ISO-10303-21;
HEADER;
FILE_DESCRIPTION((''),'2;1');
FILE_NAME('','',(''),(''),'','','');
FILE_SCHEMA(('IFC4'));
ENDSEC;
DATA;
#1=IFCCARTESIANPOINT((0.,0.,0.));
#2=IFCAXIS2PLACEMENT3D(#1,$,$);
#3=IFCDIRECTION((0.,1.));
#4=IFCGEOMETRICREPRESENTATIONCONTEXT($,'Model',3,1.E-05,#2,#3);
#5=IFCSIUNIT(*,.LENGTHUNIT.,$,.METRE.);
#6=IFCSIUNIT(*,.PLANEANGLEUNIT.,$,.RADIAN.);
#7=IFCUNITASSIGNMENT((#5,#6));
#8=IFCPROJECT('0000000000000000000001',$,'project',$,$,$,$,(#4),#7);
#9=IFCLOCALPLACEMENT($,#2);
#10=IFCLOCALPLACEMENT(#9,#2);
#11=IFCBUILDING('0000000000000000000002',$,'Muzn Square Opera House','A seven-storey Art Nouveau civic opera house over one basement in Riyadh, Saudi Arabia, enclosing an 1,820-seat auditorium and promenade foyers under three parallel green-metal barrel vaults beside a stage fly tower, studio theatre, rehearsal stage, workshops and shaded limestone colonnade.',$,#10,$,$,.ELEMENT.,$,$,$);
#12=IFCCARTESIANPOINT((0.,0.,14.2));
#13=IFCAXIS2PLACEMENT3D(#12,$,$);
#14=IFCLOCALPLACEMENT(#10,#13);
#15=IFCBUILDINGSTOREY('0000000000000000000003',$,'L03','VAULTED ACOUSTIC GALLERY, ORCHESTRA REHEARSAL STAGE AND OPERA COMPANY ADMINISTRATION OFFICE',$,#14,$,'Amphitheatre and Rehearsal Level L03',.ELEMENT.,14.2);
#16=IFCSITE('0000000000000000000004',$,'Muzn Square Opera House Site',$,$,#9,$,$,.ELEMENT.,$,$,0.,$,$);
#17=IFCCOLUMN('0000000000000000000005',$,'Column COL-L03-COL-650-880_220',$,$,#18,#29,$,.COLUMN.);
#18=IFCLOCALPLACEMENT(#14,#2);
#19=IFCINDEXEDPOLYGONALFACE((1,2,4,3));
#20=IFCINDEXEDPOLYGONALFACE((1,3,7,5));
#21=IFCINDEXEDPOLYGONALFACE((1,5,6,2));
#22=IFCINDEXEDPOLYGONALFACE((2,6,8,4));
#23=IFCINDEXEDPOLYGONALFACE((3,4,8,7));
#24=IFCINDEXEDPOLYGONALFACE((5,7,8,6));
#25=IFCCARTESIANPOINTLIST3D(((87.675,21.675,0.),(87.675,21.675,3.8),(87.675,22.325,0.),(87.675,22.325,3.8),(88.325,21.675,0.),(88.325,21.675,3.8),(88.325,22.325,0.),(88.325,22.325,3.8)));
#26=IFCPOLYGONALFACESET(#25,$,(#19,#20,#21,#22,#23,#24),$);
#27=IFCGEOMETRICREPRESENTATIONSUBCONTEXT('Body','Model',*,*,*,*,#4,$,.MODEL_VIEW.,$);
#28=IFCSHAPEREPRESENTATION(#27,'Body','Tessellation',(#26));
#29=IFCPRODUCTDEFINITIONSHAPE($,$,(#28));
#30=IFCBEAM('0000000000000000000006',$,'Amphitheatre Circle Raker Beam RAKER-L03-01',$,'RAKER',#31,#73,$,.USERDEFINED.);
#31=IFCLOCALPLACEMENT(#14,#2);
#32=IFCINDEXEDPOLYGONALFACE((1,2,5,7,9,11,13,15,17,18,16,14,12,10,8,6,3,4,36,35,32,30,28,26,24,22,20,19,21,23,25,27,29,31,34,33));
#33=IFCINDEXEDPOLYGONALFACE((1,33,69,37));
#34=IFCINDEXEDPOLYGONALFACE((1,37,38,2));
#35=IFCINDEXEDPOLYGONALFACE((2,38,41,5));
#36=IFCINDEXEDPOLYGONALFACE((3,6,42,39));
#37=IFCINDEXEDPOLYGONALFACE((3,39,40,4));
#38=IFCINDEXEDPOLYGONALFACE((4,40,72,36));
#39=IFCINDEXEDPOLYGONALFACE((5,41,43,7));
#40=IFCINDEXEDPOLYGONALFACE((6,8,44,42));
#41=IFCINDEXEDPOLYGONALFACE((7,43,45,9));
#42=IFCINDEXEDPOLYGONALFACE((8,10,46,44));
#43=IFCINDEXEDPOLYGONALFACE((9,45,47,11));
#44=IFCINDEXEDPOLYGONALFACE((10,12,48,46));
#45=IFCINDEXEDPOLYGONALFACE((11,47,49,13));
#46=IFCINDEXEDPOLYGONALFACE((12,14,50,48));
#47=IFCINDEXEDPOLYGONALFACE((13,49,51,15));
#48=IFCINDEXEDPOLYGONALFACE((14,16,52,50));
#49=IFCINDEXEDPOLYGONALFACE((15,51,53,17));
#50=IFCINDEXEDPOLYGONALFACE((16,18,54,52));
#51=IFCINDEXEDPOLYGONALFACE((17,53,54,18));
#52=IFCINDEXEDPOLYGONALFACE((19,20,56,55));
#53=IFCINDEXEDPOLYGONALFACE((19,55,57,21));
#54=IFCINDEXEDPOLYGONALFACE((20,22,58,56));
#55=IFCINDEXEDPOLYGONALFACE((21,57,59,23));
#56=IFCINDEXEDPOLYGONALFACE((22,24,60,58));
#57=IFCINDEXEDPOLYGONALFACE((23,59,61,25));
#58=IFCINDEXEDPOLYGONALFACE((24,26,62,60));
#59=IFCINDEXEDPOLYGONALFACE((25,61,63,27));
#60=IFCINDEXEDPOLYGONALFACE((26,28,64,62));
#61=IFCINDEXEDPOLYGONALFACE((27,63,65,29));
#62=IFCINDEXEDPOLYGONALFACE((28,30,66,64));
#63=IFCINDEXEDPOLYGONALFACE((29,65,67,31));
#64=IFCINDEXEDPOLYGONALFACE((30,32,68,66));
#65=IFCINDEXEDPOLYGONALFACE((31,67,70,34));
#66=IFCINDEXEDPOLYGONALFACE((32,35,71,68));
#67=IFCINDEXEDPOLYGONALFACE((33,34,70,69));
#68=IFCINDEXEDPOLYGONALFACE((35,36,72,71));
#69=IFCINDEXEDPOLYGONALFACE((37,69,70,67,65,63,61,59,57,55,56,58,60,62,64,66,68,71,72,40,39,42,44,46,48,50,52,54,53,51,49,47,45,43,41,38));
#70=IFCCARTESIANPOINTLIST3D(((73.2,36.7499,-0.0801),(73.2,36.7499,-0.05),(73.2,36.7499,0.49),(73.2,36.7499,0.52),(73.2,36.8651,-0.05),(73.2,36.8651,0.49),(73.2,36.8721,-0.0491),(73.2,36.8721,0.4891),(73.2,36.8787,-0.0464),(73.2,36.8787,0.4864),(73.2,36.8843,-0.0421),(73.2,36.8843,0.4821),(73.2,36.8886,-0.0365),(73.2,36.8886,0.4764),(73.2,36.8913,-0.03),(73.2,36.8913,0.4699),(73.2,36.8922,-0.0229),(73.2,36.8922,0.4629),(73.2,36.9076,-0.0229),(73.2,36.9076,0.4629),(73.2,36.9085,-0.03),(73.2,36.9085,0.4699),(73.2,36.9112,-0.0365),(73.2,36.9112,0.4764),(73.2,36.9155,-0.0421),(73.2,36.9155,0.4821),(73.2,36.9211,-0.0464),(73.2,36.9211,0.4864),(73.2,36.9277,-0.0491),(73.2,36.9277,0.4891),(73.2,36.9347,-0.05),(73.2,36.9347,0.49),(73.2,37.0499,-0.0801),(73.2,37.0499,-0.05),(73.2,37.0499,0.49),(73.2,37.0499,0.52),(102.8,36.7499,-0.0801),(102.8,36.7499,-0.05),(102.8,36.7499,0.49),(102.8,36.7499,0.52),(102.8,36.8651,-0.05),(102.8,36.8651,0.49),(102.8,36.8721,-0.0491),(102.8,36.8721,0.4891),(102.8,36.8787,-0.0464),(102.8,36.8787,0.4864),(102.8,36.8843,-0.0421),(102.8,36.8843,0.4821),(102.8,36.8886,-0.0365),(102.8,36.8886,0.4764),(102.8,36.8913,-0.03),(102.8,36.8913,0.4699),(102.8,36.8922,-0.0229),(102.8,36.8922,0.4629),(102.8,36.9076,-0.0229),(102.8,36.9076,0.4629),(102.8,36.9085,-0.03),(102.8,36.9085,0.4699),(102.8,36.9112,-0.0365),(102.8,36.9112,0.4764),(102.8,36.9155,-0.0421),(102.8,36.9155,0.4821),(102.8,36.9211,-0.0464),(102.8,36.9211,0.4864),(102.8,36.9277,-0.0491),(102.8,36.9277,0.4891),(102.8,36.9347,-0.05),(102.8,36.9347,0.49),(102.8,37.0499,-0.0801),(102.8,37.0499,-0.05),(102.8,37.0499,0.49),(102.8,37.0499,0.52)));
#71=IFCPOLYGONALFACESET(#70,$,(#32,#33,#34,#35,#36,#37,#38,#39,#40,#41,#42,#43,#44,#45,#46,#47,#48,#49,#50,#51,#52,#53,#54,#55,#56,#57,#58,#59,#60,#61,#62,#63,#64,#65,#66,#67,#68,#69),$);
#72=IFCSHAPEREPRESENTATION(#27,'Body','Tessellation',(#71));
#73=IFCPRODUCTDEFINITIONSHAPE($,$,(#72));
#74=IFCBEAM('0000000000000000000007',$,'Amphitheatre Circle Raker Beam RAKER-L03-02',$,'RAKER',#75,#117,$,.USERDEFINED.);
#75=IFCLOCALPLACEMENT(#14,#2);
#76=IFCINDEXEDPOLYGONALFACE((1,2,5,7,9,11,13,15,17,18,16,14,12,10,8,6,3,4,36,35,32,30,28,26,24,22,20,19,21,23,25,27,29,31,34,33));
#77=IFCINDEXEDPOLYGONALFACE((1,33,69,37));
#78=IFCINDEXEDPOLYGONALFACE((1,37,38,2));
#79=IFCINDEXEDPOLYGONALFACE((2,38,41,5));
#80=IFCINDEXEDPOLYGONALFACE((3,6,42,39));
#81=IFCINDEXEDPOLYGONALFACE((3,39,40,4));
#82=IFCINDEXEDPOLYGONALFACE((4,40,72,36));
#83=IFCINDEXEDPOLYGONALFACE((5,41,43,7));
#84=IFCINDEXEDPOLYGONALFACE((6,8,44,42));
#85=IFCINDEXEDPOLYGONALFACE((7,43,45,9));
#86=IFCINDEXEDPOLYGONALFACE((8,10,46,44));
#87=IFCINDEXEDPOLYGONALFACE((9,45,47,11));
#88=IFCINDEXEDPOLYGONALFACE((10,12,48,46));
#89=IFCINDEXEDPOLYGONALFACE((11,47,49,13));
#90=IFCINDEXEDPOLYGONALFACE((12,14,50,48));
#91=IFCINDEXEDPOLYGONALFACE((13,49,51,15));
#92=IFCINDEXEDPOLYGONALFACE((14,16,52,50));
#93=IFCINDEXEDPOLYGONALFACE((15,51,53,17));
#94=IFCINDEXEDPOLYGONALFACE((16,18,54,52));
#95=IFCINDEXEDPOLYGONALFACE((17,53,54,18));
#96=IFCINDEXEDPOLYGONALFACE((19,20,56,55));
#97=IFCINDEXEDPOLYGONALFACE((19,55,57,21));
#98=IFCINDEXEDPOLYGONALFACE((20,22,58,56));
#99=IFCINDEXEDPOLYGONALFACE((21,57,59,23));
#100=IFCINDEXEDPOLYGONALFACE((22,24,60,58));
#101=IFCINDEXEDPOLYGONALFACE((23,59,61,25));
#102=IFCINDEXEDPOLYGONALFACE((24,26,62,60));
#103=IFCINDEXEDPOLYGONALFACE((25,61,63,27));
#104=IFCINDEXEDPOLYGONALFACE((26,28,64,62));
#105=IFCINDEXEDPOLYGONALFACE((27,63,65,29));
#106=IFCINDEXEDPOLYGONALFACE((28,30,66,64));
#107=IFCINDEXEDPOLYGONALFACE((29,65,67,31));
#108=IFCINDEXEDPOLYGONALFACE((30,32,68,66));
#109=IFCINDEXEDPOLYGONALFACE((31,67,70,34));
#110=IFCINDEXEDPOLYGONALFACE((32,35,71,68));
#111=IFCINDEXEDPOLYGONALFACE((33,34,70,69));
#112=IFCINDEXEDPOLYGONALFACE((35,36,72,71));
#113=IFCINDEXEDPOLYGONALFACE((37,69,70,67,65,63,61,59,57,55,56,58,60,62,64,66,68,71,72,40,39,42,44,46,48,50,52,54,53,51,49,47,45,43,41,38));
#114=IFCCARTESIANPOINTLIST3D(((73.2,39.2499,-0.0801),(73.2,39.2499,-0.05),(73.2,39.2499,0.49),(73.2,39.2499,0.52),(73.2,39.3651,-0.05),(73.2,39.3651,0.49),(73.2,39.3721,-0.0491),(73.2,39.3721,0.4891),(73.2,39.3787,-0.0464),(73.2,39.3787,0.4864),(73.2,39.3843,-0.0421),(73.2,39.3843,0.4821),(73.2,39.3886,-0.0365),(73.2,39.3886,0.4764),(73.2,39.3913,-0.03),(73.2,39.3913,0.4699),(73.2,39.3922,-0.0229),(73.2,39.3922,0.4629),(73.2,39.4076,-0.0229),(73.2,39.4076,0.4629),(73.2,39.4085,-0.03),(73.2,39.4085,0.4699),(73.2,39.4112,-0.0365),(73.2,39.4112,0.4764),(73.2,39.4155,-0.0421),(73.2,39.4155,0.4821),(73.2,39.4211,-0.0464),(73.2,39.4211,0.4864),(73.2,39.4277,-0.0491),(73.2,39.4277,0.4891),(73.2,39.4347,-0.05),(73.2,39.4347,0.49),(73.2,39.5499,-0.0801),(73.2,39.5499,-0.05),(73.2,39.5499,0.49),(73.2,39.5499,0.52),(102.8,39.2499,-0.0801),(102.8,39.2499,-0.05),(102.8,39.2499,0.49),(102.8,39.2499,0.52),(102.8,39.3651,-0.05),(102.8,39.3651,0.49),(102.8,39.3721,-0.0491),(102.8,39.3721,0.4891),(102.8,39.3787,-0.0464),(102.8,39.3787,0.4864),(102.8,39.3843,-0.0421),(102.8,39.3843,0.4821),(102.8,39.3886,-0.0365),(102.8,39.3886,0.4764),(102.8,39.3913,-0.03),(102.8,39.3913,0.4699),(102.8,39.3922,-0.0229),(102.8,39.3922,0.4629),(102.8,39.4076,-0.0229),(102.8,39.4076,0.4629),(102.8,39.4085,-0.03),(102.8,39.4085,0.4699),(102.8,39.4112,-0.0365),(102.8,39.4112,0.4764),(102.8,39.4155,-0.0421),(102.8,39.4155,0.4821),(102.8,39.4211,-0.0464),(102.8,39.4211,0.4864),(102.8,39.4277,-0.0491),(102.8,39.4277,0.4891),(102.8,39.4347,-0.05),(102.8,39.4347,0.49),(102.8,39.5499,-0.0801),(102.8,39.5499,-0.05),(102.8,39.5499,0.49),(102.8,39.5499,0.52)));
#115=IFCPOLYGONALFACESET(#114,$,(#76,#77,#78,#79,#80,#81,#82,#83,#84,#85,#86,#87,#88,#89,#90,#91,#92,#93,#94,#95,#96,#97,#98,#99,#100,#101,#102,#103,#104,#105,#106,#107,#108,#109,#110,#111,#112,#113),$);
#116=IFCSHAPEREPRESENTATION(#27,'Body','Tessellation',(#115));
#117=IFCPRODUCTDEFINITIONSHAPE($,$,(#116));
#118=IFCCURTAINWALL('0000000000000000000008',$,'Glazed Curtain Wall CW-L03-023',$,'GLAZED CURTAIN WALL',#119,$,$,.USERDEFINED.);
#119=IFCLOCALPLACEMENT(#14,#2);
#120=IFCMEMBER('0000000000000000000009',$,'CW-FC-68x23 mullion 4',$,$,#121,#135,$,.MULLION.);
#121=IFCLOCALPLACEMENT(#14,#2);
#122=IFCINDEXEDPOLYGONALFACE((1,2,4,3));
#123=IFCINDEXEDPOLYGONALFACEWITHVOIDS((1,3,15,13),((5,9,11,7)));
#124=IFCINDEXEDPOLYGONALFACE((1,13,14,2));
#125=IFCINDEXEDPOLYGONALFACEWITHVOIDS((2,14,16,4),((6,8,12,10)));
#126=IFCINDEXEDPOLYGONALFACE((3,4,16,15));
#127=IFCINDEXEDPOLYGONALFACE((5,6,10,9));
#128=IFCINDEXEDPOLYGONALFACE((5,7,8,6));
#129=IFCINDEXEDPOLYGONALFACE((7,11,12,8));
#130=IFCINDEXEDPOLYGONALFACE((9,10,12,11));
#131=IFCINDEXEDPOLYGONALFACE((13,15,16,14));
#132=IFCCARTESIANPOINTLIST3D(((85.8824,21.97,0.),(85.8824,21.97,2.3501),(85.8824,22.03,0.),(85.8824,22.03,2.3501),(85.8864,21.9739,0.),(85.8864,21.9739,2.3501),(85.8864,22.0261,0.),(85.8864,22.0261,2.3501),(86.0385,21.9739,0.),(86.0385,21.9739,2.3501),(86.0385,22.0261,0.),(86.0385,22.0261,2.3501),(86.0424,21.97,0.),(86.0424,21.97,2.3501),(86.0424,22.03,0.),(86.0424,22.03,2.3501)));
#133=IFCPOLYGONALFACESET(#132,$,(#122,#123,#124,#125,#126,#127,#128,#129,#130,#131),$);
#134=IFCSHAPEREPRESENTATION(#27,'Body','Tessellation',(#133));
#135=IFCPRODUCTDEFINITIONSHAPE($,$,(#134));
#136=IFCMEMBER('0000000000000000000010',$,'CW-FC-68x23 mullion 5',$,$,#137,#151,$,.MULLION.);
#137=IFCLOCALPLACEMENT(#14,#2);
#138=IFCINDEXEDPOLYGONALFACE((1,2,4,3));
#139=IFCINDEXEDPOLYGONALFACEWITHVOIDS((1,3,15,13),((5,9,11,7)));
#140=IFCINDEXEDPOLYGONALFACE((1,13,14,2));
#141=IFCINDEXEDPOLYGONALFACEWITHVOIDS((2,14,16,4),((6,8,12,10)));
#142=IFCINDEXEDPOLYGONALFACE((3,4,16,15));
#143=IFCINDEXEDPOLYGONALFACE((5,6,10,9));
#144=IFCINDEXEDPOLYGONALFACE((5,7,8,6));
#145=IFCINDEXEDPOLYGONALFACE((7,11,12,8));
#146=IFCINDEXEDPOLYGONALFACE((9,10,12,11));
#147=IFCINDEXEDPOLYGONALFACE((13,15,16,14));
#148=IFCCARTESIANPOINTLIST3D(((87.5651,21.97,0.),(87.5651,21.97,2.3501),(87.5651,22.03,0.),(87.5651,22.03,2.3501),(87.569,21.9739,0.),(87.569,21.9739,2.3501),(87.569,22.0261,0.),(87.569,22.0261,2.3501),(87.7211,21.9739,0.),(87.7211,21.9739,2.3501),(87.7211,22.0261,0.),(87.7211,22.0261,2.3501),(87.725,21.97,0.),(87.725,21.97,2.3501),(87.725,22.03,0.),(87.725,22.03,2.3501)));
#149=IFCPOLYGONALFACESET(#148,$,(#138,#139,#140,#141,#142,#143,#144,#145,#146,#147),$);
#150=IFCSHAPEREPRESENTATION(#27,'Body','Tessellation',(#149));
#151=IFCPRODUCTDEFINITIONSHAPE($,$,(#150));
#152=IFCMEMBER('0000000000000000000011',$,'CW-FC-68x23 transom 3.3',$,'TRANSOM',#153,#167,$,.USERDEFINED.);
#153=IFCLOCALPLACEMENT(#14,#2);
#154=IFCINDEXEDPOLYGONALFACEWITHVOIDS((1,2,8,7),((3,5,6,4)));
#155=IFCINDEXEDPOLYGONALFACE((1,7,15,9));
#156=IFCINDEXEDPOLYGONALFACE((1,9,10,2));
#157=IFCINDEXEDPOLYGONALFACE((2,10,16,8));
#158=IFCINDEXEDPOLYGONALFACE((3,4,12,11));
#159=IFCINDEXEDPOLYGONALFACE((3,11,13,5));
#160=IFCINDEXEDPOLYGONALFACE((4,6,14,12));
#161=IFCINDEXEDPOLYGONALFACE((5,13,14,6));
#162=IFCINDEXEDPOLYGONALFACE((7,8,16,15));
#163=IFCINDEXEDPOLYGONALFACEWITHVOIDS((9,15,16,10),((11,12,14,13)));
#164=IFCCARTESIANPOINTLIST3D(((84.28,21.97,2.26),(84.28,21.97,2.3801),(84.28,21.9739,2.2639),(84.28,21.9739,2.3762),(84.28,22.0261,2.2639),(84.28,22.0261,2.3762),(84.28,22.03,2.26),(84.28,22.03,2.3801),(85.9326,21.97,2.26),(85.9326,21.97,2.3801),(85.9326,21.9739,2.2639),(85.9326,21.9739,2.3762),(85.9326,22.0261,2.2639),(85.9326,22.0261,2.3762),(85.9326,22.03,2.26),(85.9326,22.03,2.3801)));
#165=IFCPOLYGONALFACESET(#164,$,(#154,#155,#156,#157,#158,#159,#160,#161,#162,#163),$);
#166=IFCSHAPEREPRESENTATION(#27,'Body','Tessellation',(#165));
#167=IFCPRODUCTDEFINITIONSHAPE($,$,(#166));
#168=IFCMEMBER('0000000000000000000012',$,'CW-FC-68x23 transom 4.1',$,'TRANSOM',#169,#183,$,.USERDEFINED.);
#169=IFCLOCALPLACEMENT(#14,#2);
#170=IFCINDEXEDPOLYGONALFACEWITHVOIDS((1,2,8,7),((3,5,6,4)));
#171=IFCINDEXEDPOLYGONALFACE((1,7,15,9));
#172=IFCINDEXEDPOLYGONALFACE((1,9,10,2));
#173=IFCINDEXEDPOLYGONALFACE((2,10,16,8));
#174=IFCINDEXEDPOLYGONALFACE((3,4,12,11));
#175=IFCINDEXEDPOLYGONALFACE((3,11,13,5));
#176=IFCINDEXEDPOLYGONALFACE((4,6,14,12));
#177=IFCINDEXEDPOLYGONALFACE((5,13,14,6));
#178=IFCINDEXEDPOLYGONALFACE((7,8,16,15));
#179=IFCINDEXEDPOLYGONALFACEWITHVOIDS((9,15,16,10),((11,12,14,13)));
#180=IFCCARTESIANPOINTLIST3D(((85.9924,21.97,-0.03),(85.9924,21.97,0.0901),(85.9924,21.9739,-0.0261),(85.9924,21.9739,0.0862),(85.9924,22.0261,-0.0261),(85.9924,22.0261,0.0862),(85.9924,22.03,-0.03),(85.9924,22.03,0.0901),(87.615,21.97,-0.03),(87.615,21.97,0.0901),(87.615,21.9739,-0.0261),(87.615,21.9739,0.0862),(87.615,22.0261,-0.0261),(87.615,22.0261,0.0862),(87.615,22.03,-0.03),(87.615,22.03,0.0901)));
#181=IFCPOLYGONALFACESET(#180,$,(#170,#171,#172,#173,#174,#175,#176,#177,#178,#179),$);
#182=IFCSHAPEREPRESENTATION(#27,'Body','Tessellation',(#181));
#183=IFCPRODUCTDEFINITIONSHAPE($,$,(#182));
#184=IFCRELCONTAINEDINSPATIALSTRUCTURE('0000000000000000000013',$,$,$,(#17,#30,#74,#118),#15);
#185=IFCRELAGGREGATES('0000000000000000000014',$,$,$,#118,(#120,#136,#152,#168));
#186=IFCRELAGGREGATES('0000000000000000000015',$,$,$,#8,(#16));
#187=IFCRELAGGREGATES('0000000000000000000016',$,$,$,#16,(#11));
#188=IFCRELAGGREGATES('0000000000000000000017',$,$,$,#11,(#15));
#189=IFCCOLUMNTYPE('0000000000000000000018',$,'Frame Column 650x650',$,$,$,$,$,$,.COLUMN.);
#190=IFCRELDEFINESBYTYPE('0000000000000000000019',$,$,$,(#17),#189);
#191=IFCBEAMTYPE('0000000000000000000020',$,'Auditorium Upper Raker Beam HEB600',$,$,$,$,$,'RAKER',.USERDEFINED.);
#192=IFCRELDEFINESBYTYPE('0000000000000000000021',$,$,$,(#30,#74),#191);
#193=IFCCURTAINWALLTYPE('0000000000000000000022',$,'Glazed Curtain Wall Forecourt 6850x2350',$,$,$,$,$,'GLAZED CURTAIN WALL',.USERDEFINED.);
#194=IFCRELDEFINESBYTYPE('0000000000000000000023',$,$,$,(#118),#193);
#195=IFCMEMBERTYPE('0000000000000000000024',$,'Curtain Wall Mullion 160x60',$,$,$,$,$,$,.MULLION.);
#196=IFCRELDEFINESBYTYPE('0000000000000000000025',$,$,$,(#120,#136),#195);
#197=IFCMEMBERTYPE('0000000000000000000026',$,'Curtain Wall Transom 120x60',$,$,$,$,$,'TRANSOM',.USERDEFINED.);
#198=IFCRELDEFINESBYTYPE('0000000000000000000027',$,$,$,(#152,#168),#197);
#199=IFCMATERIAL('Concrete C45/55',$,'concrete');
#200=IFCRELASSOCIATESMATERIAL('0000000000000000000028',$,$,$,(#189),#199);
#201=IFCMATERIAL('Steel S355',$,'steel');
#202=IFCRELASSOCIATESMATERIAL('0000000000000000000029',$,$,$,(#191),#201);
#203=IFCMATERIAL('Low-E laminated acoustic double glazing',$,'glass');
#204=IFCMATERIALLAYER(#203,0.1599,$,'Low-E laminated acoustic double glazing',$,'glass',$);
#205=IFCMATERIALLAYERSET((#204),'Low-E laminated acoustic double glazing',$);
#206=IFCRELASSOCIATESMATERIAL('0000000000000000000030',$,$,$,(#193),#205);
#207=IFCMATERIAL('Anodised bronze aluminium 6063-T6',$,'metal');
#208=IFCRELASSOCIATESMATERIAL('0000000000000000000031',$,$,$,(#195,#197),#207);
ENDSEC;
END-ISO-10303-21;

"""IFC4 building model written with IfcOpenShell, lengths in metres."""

from ifc_helpers import new_model, si_unit, direction, frame, origin, origin_2d, place, context, subcontext, project, spatial, rectangle, hollow_rectangle, i_section, extrude, material, layer, layer_set, material_profile, profile_set, type_object, element, aggregate, save


model = new_model("IFC4")

# Units and contexts
model_context = context("Model", 3, precision=1e-05, world=origin(), true_north=direction((0.0, 1.0)))
body_context = subcontext(model_context, "Body", "Model", "MODEL_VIEW")
ifc_project = project(units=[si_unit("LENGTHUNIT", "METRE"), si_unit("PLANEANGLEUNIT", "RADIAN")], contexts=[model_context])

# Site, building, storey
site_placement = place(None, origin())
site = spatial("IfcSite", under=ifc_project, at=site_placement, Name="Muzn Square Opera House Site", CompositionType="ELEMENT", RefElevation=0.0)
building_placement = place(site_placement, origin())
building = spatial("IfcBuilding", under=site, at=building_placement, Name="Muzn Square Opera House", Description="A seven-storey Art Nouveau civic opera house over one basement in Riyadh, Saudi Arabia, enclosing an 1,820-seat auditorium and promenade foyers under three parallel green-metal barrel vaults beside a stage fly tower, studio theatre, rehearsal stage, workshops and shaded limestone colonnade.", CompositionType="ELEMENT")
storey_placement = place(building_placement, frame((0.0, 0.0, 14.2)))
storey = spatial("IfcBuildingStorey", under=building, at=storey_placement, Name="L03", Description="VAULTED ACOUSTIC GALLERY, ORCHESTRA REHEARSAL STAGE AND OPERA COMPANY ADMINISTRATION OFFICE", LongName="Amphitheatre and Rehearsal Level L03", CompositionType="ELEMENT", Elevation=14.2)

# Column
ifc_material_1 = material(Name="Concrete C45/55", Category="concrete")
ifc_material_profile_1 = material_profile(ifc_material_1, rectangle(XDim=0.6499, YDim=0.6499, at=origin_2d()), Name="RC 650x650", Category="concrete")
ifc_profile_set_1 = profile_set([ifc_material_profile_1], Name="Concrete C45/55")
column_type = type_object("IfcColumnType", Name="Frame Column 650x650", PredefinedType="COLUMN", material=ifc_profile_set_1)
column_placement = place(storey_placement, frame((88.0, 22.0, 0.0), z_axis=(0.0, 0.0, 1.0), x_axis=(1.0, 0.0, 0.0)))
element("IfcColumn", 1, at=column_placement, inside=storey, type_object=column_type, Name="Column COL-L03-COL-650-880_220", PredefinedType="COLUMN", context=body_context, shape_type="SweptSolid", body=[
    extrude(rectangle(XDim=0.6499, YDim=0.6499, at=origin_2d()), origin(), (0.0, 0.0, 1.0), 3.8),
])

# Beams
ifc_material_2 = material(Name="Steel S355", Category="steel")
ifc_material_profile_2 = material_profile(ifc_material_2, i_section(OverallWidth=0.3, OverallDepth=0.6001, WebThickness=0.0154, FlangeThickness=0.03, FilletRadius=0.0271, at=origin_2d()), Name="HEB 600", Category="steel")
ifc_profile_set_2 = profile_set([ifc_material_profile_2], Name="Steel S355")
beam_type_1 = type_object("IfcBeamType", Name="Auditorium Upper Raker Beam HEB600", ElementType="RAKER", PredefinedType="USERDEFINED", material=ifc_profile_set_2)
for number, where, z_axis, x_axis, name in (
    (2, (73.2, 36.8999, 0.22), (1.0, 0.0, 0.0), (0.0, 1.0, 0.0), "Amphitheatre Circle Raker Beam RAKER-L03-01"),
    (3, (73.2, 39.3999, 0.22), (1.0, 0.0, 0.0), (0.0, 1.0, 0.0), "Amphitheatre Circle Raker Beam RAKER-L03-02"),
):
    element("IfcBeam", number, at=place(storey_placement, frame(where, z_axis=z_axis, x_axis=x_axis)), inside=storey, type_object=beam_type_1, Name=name, ObjectType="RAKER", PredefinedType="USERDEFINED", context=body_context, shape_type="SweptSolid", body=[
        extrude(i_section(OverallWidth=0.3, OverallDepth=0.6001, WebThickness=0.0154, FlangeThickness=0.03, FilletRadius=0.0271, at=origin_2d()), origin(), (0.0, 0.0, 1.0), 29.6001),
    ])

# Curtain wall, members
ifc_material_3 = material(Name="Low-E laminated acoustic double glazing", Category="glass")
ifc_layer_1 = layer(ifc_material_3, 0.1599, Name="Low-E laminated acoustic double glazing", Category="glass")
ifc_layer_set_1 = layer_set([ifc_layer_1], Name="Low-E laminated acoustic double glazing")
curtain_wall_type = type_object("IfcCurtainWallType", Name="Glazed Curtain Wall Forecourt 6850x2350", ElementType="GLAZED CURTAIN WALL", PredefinedType="USERDEFINED", material=ifc_layer_set_1)
curtain_wall_placement = place(storey_placement, origin())
curtain_wall = element("IfcCurtainWall", 4, at=curtain_wall_placement, inside=storey, type_object=curtain_wall_type, Name="Glazed Curtain Wall CW-L03-023", ObjectType="GLAZED CURTAIN WALL", PredefinedType="USERDEFINED")
ifc_material_4 = material(Name="Anodised bronze aluminium 6063-T6", Category="metal")
ifc_material_profile_3 = material_profile(ifc_material_4, hollow_rectangle(XDim=0.0601, YDim=0.1599, WallThickness=0.0039, at=origin_2d()), Name="ALU 160x60x4", Category="metal")
ifc_profile_set_3 = profile_set([ifc_material_profile_3], Name="Anodised bronze aluminium 6063-T6")
member_type_1 = type_object("IfcMemberType", Name="Curtain Wall Mullion 160x60", PredefinedType="MULLION", material=ifc_profile_set_3)
member_1_placement = place(storey_placement, frame((85.9624, 22.0, 0.0), z_axis=(0.0, 0.0, 1.0), x_axis=(0.0, 1.0, 0.0)))
member_1 = element("IfcMember", 5, at=member_1_placement, type_object=member_type_1, Name="CW-FC-68x23 mullion 4", PredefinedType="MULLION", context=body_context, shape_type="SweptSolid", body=[
    extrude(hollow_rectangle(XDim=0.0601, YDim=0.1599, WallThickness=0.0039, at=origin_2d()), origin(), (0.0, 0.0, 1.0), 2.3501),
])
member_2_placement = place(storey_placement, frame((87.645, 22.0, 0.0), z_axis=(0.0, 0.0, 1.0), x_axis=(0.0, 1.0, 0.0)))
member_2 = element("IfcMember", 6, at=member_2_placement, type_object=member_type_1, Name="CW-FC-68x23 mullion 5", PredefinedType="MULLION", context=body_context, shape_type="SweptSolid", body=[
    extrude(hollow_rectangle(XDim=0.0601, YDim=0.1599, WallThickness=0.0039, at=origin_2d()), origin(), (0.0, 0.0, 1.0), 2.3501),
])
ifc_material_profile_4 = material_profile(ifc_material_4, hollow_rectangle(XDim=0.0601, YDim=0.1201, WallThickness=0.0039, at=origin_2d()), Name="ALU 120x60x4", Category="metal")
ifc_profile_set_4 = profile_set([ifc_material_profile_4], Name="Anodised bronze aluminium 6063-T6")
member_type_2 = type_object("IfcMemberType", Name="Curtain Wall Transom 120x60", ElementType="TRANSOM", PredefinedType="USERDEFINED", material=ifc_profile_set_4)
member_3_placement = place(storey_placement, frame((84.28, 22.0, 2.3201), z_axis=(1.0, 0.0, 0.0), x_axis=(0.0, 1.0, 0.0)))
member_3 = element("IfcMember", 7, at=member_3_placement, type_object=member_type_2, Name="CW-FC-68x23 transom 3.3", ObjectType="TRANSOM", PredefinedType="USERDEFINED", context=body_context, shape_type="SweptSolid", body=[
    extrude(hollow_rectangle(XDim=0.0601, YDim=0.1201, WallThickness=0.0039, at=origin_2d()), origin(), (0.0, 0.0, 1.0), 1.6526),
])
member_4_placement = place(storey_placement, frame((85.9924, 22.0, 0.03), z_axis=(1.0, 0.0, 0.0), x_axis=(0.0, 1.0, 0.0)))
member_4 = element("IfcMember", 8, at=member_4_placement, type_object=member_type_2, Name="CW-FC-68x23 transom 4.1", ObjectType="TRANSOM", PredefinedType="USERDEFINED", context=body_context, shape_type="SweptSolid", body=[
    extrude(hollow_rectangle(XDim=0.0601, YDim=0.1201, WallThickness=0.0039, at=origin_2d()), origin(), (0.0, 0.0, 1.0), 1.6226),
])

aggregate(curtain_wall, [member_1, member_2, member_3, member_4])

save(model, "model.ifc")
